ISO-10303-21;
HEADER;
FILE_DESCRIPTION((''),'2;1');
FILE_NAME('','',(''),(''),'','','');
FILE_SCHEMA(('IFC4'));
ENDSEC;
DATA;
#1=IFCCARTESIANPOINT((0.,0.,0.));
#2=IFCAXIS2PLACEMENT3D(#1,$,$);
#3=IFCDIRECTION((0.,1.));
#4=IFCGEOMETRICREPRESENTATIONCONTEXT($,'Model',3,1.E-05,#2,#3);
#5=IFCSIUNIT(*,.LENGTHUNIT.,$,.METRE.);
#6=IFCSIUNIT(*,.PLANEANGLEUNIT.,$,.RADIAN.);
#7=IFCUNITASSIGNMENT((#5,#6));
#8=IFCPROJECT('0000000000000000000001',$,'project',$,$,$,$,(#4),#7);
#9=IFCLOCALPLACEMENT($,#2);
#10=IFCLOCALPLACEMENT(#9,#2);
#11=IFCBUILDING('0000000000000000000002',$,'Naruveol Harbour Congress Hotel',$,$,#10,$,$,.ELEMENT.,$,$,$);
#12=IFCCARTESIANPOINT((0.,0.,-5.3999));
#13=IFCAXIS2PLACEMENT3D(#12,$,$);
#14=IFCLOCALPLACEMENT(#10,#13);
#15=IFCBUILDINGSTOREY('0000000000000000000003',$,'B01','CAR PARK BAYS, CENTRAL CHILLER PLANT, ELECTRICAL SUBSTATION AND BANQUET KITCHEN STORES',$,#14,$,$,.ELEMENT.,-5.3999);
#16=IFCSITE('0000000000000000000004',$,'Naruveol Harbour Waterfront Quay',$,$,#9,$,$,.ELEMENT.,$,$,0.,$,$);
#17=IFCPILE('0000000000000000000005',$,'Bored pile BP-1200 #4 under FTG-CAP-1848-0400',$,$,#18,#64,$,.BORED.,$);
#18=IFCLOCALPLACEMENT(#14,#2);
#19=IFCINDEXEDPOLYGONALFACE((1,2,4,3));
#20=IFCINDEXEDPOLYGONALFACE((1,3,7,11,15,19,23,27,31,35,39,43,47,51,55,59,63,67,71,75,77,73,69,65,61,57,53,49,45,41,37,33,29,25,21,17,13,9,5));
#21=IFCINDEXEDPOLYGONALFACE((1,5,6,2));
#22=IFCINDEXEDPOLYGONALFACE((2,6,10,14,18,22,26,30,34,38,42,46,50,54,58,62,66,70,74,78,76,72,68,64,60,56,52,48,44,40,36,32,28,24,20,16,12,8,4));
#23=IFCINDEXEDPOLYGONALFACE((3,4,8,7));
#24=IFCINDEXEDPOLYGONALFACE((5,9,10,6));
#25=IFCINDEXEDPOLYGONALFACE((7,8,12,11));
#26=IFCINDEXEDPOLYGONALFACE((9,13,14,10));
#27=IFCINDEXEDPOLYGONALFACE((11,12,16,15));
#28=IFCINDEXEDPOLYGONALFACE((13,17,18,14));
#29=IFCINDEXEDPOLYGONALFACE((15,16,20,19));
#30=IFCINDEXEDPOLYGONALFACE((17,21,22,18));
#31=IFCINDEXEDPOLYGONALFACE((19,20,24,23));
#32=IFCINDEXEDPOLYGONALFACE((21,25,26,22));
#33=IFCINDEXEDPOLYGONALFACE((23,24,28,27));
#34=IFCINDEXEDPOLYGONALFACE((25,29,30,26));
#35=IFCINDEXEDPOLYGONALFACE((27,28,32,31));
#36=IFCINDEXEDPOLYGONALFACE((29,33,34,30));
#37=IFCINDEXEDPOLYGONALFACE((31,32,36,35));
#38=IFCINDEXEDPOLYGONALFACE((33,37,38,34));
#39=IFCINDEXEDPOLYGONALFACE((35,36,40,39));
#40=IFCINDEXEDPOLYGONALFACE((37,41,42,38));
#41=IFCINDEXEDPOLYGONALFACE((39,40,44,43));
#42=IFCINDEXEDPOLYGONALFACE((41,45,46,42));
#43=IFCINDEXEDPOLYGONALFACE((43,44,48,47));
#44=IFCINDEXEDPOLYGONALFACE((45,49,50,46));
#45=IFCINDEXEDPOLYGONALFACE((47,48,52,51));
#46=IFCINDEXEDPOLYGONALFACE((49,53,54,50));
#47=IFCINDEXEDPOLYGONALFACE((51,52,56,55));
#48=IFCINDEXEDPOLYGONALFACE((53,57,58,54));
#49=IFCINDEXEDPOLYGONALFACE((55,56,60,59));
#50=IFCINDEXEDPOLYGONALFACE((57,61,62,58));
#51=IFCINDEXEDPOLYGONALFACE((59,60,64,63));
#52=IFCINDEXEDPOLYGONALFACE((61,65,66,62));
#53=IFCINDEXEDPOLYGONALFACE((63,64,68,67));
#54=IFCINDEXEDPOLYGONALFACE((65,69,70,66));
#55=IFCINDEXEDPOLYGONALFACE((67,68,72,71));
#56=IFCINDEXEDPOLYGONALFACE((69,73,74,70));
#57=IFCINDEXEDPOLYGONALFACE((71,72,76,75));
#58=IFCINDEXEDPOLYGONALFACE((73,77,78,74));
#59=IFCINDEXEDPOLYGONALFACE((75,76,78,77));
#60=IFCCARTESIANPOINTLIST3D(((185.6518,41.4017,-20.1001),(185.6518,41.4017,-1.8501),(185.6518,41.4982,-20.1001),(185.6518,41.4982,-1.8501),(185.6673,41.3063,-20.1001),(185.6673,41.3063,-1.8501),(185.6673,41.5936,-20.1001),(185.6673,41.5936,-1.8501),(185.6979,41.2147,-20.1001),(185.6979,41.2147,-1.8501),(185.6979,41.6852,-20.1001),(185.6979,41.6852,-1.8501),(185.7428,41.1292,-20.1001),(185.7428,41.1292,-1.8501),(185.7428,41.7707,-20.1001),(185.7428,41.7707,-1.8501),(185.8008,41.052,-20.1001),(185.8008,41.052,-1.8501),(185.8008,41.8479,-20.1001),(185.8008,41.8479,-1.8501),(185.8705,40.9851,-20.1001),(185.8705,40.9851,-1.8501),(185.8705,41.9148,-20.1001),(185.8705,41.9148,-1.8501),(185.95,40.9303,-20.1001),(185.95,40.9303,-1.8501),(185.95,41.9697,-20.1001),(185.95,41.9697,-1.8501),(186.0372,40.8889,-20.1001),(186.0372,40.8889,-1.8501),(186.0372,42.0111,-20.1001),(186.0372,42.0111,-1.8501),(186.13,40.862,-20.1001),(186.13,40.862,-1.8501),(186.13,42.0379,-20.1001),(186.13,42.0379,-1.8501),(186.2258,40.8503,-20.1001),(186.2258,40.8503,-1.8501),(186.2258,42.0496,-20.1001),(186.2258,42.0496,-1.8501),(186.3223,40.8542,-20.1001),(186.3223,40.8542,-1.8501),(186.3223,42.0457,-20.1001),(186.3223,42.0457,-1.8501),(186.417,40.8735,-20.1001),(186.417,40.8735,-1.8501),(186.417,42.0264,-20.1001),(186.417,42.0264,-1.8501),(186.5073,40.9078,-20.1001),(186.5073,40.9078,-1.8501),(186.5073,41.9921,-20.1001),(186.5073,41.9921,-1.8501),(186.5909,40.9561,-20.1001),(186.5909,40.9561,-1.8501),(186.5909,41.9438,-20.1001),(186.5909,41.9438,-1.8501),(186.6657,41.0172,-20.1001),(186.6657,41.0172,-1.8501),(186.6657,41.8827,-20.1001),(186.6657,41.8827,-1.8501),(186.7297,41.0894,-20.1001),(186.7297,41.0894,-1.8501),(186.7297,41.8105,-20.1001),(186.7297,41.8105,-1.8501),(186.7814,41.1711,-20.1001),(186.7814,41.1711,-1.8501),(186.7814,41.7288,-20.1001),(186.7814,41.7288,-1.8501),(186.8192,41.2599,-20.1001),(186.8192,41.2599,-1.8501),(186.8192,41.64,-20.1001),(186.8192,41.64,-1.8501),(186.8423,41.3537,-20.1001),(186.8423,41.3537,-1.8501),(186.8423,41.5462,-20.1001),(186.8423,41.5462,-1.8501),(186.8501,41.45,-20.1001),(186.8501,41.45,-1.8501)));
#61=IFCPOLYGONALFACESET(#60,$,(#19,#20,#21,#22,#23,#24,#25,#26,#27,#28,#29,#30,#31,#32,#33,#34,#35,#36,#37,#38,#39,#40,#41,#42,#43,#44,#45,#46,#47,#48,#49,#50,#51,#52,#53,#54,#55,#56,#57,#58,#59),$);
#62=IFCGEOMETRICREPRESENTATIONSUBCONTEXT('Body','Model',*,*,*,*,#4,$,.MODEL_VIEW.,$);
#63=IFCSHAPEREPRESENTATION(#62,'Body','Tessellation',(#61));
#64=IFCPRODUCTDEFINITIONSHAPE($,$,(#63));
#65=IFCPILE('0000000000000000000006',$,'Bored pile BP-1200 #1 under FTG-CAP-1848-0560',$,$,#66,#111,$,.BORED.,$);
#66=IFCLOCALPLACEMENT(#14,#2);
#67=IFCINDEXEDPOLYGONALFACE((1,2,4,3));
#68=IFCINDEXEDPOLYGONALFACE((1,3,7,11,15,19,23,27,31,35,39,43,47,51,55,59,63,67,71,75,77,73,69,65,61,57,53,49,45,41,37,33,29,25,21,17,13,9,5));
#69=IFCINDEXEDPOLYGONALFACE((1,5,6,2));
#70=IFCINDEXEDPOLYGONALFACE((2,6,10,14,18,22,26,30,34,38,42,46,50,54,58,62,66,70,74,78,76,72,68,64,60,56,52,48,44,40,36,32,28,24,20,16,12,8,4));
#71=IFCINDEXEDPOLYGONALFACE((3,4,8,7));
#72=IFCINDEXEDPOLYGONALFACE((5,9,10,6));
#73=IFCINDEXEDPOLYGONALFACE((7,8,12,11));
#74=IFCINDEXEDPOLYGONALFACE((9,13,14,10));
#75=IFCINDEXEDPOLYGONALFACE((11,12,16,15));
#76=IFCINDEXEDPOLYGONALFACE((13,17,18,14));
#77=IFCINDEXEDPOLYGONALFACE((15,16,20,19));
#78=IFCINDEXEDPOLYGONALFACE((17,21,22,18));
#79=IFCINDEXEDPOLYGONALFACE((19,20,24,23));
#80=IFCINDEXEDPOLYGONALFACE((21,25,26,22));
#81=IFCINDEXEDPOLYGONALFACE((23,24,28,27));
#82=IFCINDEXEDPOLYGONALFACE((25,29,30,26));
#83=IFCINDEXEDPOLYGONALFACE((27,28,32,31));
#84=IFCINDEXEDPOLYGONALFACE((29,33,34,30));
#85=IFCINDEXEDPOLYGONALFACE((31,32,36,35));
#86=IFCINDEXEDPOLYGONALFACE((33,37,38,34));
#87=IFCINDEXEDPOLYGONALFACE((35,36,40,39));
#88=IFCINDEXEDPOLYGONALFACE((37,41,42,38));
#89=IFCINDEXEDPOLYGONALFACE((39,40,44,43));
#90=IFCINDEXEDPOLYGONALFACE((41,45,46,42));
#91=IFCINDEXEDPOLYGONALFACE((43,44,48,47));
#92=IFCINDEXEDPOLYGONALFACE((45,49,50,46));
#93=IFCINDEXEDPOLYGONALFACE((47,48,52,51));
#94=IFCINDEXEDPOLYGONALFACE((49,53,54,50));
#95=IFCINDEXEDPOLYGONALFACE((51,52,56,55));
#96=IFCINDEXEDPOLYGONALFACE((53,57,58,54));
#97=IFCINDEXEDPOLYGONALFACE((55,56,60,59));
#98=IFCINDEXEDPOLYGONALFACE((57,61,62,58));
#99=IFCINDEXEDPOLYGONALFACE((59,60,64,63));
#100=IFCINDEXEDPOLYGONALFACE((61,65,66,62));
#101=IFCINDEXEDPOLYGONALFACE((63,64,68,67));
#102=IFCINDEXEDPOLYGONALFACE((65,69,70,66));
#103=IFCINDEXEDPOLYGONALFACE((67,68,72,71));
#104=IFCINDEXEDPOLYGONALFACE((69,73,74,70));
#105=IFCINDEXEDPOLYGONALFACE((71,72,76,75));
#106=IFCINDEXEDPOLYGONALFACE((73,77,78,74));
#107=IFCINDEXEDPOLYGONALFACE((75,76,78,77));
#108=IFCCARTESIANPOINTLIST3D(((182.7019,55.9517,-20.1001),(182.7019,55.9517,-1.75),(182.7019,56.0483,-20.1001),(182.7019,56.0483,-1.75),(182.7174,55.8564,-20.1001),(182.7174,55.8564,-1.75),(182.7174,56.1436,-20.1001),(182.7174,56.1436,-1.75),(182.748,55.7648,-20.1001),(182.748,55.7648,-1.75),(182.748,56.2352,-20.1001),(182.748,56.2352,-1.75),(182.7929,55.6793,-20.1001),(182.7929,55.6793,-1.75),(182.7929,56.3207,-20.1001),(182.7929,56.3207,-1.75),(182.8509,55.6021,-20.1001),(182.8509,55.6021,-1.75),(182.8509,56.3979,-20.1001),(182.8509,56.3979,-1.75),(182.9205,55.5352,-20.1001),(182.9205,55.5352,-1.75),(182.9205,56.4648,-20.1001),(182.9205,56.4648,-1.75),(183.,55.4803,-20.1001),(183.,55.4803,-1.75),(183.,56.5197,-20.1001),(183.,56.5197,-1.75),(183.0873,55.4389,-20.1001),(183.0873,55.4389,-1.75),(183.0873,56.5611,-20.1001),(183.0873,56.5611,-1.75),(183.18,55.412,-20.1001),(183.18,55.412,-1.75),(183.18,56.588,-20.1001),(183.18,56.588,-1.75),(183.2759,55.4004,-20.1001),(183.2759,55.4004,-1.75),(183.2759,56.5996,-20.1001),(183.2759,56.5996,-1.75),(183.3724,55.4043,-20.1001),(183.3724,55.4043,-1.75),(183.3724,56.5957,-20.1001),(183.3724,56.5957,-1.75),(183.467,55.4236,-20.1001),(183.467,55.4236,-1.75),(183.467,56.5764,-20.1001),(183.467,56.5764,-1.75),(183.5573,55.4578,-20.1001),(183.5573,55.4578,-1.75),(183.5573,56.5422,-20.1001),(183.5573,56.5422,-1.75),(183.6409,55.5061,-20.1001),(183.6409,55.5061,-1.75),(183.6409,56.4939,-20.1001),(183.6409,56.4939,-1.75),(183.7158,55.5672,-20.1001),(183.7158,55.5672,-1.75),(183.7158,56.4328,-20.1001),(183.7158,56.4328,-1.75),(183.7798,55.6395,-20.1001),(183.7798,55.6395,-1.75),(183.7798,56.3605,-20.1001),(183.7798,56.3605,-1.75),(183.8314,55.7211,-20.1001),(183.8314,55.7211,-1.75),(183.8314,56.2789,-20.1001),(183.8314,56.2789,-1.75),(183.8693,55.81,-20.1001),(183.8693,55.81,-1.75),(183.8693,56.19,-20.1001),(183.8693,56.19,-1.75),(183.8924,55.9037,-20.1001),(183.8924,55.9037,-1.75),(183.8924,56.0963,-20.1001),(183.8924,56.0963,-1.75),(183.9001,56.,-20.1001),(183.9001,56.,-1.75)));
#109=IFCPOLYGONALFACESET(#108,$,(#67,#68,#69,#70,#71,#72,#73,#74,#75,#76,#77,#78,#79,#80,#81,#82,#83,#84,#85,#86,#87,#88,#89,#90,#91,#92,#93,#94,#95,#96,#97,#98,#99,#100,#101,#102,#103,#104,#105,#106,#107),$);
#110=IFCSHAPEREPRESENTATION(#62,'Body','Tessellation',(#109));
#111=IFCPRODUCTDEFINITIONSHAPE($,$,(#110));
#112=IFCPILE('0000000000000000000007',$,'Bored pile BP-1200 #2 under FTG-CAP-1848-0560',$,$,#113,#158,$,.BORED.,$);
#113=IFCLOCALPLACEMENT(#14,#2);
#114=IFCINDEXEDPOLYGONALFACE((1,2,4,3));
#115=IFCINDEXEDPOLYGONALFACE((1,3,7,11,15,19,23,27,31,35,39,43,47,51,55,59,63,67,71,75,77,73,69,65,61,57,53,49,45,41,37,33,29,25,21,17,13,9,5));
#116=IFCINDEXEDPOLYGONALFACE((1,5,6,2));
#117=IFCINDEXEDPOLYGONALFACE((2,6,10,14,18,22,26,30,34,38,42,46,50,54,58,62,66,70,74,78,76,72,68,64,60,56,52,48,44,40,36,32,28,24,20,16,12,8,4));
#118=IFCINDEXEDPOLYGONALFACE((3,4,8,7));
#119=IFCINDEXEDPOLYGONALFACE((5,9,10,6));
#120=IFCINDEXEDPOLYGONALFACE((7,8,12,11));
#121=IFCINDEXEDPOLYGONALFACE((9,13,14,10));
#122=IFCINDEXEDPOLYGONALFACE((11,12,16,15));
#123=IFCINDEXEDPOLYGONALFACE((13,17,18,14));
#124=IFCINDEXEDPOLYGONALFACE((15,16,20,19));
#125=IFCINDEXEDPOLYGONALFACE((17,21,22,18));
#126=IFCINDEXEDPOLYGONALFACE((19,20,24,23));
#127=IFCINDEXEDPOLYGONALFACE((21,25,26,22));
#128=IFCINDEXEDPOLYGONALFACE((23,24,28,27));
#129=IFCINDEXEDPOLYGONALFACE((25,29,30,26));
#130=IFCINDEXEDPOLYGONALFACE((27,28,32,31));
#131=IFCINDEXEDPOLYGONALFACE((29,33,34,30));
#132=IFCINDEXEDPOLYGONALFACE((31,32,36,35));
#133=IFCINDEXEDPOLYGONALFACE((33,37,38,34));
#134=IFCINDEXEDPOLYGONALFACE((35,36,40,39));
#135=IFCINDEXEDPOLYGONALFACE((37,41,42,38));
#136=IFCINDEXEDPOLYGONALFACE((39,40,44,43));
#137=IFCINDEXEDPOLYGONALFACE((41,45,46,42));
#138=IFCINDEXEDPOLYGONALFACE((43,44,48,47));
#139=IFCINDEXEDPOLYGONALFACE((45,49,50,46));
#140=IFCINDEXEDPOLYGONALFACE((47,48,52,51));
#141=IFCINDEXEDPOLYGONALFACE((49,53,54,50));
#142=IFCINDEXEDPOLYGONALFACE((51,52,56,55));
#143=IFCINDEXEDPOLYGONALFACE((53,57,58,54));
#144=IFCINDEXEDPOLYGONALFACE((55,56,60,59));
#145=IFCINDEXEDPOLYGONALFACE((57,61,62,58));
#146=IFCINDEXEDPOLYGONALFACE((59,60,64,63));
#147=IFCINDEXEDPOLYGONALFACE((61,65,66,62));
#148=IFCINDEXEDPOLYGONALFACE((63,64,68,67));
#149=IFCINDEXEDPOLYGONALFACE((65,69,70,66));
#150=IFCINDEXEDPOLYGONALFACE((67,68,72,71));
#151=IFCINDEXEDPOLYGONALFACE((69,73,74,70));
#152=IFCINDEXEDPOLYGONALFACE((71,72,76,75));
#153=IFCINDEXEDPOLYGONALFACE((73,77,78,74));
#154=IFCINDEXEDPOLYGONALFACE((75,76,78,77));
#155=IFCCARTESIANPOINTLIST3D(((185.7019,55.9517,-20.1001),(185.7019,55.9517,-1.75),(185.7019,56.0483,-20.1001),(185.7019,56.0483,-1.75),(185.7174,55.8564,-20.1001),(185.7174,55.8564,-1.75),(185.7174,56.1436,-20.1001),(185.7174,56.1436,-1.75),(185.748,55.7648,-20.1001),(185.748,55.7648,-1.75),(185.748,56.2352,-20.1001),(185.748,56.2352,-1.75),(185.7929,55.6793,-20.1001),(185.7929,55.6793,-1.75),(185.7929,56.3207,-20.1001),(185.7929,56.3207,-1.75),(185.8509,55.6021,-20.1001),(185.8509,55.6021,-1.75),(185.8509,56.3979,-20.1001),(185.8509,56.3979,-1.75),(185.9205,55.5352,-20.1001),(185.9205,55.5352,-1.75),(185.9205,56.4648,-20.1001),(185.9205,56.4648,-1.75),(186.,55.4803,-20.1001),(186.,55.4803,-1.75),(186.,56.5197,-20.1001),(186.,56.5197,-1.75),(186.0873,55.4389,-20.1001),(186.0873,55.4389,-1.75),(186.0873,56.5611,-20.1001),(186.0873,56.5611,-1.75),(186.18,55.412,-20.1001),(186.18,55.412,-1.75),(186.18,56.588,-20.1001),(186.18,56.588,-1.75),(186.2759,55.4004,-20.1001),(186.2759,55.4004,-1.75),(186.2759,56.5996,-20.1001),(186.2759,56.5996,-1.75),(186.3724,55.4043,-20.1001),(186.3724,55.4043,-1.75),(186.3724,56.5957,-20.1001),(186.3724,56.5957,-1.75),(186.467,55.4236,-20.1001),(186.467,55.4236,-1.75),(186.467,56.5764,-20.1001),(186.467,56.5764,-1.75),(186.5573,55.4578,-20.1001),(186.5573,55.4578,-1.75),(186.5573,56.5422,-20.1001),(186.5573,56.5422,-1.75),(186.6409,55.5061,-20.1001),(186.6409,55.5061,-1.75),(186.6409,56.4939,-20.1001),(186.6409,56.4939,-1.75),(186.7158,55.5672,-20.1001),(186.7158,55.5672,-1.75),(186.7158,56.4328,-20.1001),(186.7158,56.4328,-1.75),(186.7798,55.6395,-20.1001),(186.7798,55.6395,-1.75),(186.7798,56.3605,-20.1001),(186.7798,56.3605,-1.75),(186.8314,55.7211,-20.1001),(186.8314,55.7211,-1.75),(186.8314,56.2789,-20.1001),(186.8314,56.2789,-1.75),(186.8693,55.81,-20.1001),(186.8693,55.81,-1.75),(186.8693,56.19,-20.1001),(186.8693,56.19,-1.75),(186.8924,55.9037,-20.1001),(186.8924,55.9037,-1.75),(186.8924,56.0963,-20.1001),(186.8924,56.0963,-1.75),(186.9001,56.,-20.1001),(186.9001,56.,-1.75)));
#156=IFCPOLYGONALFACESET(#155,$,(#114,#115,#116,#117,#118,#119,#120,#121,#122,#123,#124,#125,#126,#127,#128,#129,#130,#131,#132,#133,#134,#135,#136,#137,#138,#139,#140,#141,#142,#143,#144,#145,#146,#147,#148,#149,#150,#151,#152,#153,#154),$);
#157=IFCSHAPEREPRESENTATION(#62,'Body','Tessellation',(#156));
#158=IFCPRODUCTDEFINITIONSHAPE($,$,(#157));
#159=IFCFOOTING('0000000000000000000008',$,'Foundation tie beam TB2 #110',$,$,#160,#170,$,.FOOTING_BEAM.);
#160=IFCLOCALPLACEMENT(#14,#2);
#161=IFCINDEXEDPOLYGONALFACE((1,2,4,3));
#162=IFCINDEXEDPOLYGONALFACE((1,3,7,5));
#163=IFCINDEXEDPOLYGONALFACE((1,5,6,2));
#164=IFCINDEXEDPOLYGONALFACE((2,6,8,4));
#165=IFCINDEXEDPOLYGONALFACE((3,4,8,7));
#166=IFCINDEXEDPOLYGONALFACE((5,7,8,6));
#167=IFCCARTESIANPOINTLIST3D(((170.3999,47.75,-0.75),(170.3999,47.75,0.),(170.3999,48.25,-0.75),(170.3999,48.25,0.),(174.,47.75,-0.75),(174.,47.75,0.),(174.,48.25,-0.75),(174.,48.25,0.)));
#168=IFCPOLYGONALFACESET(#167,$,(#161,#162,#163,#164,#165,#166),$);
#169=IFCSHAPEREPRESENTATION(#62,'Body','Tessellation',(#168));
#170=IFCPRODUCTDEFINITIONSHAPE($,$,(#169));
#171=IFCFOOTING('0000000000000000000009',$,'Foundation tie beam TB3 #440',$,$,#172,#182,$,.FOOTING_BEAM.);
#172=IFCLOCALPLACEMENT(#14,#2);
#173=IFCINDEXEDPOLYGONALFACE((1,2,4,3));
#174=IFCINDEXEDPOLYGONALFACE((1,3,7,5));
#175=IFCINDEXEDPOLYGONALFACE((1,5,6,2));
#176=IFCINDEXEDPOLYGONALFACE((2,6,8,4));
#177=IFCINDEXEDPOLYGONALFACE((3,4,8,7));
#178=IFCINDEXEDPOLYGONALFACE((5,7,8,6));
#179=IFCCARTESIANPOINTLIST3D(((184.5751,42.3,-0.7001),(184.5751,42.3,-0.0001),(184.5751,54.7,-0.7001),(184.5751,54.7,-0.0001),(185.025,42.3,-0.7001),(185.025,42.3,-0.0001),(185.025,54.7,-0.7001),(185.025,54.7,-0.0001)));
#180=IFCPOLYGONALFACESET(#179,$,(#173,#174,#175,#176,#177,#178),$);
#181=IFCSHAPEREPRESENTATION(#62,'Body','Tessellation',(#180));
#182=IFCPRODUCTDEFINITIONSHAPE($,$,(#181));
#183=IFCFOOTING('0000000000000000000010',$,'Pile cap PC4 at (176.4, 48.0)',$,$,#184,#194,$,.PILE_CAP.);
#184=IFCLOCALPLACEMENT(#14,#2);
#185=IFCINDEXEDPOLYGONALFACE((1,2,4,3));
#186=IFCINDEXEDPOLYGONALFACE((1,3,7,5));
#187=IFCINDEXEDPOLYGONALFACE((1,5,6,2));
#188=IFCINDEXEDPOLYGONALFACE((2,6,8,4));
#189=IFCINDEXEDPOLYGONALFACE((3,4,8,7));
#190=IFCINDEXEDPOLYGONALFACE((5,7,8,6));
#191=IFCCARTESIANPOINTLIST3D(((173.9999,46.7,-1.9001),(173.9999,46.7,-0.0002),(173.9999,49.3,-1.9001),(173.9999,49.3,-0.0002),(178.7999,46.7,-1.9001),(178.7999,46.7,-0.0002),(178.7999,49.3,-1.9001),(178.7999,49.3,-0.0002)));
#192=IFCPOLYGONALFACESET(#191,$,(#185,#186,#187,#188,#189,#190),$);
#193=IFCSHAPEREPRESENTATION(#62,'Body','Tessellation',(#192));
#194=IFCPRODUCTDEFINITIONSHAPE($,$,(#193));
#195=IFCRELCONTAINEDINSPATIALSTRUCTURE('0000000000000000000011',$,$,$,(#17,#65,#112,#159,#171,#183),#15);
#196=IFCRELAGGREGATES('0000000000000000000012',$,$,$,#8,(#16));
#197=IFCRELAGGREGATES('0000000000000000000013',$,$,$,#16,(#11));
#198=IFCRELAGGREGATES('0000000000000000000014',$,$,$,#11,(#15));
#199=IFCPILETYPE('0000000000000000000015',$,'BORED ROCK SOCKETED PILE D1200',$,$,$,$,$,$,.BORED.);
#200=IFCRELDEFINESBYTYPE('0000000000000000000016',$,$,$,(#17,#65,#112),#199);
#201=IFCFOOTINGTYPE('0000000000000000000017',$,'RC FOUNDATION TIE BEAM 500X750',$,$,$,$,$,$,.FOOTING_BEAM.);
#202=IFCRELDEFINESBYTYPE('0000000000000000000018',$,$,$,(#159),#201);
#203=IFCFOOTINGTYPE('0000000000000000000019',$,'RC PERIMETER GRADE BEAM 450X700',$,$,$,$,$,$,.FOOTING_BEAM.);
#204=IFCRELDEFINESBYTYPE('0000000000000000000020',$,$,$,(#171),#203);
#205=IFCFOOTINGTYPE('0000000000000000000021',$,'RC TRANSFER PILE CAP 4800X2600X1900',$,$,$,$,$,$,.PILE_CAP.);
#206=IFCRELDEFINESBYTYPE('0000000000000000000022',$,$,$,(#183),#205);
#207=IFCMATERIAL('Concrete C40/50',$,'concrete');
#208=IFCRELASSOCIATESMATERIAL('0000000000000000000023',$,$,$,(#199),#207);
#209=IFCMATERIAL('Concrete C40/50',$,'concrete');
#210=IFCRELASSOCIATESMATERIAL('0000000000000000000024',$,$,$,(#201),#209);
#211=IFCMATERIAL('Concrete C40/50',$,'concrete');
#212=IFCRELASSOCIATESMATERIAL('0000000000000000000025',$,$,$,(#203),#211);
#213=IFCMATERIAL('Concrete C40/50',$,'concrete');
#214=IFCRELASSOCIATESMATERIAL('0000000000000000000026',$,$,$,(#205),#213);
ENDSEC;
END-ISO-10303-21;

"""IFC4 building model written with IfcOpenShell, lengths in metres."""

from ifc_helpers import new_model, si_unit, direction, frame, origin, origin_2d, place, context, subcontext, project, spatial, rectangle, circle, extrude, material, material_profile, profile_set, type_object, element, save


model = new_model("IFC4")

# Units and contexts
model_context = context("Model", 3, precision=1e-05, world=origin(), true_north=direction((0.0, 1.0)))
body_context = subcontext(model_context, "Body", "Model", "MODEL_VIEW")
ifc_project = project(units=[si_unit("LENGTHUNIT", "METRE"), si_unit("PLANEANGLEUNIT", "RADIAN")], contexts=[model_context])

# Site, building, storey
site_placement = place(None, origin())
site = spatial("IfcSite", under=ifc_project, at=site_placement, Name="Naruveol Harbour Waterfront Quay", CompositionType="ELEMENT", RefElevation=0.0)
building_placement = place(site_placement, origin())
building = spatial("IfcBuilding", under=site, at=building_placement, Name="Naruveol Harbour Congress Hotel", CompositionType="ELEMENT")
storey_placement = place(building_placement, frame((0.0, 0.0, -5.3999)))
storey = spatial("IfcBuildingStorey", under=building, at=storey_placement, Name="B01", Description="CAR PARK BAYS, CENTRAL CHILLER PLANT, ELECTRICAL SUBSTATION AND BANQUET KITCHEN STORES", CompositionType="ELEMENT", Elevation=-5.3999)

# Piles
ifc_material_1 = material(Name="Concrete C40/50", Category="concrete")
ifc_material_profile_1 = material_profile(ifc_material_1, circle(Radius=0.6001, at=origin_2d()), Name="BP-1200")
ifc_profile_set_1 = profile_set([ifc_material_profile_1], Name="Concrete C40/50")
pile_type = type_object("IfcPileType", Name="BORED ROCK SOCKETED PILE D1200", PredefinedType="BORED", material=ifc_profile_set_1)
for number, where, z_axis, x_axis, name in (
    (1, (186.25, 41.45, -1.8501), (0.0, 0.0, -1.0), (1.0, 0.0, 0.0), "Bored pile BP-1200 #4 under FTG-CAP-1848-0400"),
):
    element("IfcPile", number, at=place(storey_placement, frame(where, z_axis=z_axis, x_axis=x_axis)), inside=storey, type_object=pile_type, Name=name, PredefinedType="BORED", context=body_context, shape_type="SweptSolid", body=[
        extrude(circle(Radius=0.6001, at=origin_2d()), origin(), (0.0, 0.0, 1.0), 18.25),
    ])
for number, where, z_axis, x_axis, name in (
    (2, (183.3, 56.0, -1.75), (0.0, 0.0, -1.0), (1.0, 0.0, 0.0), "Bored pile BP-1200 #1 under FTG-CAP-1848-0560"),
    (3, (186.3, 56.0, -1.75), (0.0, 0.0, -1.0), (1.0, 0.0, 0.0), "Bored pile BP-1200 #2 under FTG-CAP-1848-0560"),
):
    element("IfcPile", number, at=place(storey_placement, frame(where, z_axis=z_axis, x_axis=x_axis)), inside=storey, type_object=pile_type, Name=name, PredefinedType="BORED", context=body_context, shape_type="SweptSolid", body=[
        extrude(circle(Radius=0.6001, at=origin_2d()), origin(), (0.0, 0.0, 1.0), 18.3501),
    ])

# Footings
ifc_material_2 = material(Name="Concrete C40/50", Category="concrete")
ifc_material_profile_2 = material_profile(ifc_material_2, rectangle(XDim=0.5, YDim=0.75, at=origin_2d()), Name="RCB-500x750")
ifc_profile_set_2 = profile_set([ifc_material_profile_2], Name="Concrete C40/50")
footing_type_1 = type_object("IfcFootingType", Name="RC FOUNDATION TIE BEAM 500X750", PredefinedType="FOOTING_BEAM", material=ifc_profile_set_2)
footing_1_placement = place(storey_placement, frame((170.3999, 48.0, -0.375), z_axis=(1.0, 0.0, 0.0), x_axis=(0.0, 1.0, 0.0)))
element("IfcFooting", 4, at=footing_1_placement, inside=storey, type_object=footing_type_1, Name="Foundation tie beam TB2 #110", PredefinedType="FOOTING_BEAM", context=body_context, shape_type="SweptSolid", body=[
    extrude(rectangle(XDim=0.5, YDim=0.75, at=origin_2d()), origin(), (0.0, 0.0, 1.0), 3.6001),
])
ifc_material_3 = material(Name="Concrete C40/50", Category="concrete")
ifc_material_profile_3 = material_profile(ifc_material_3, rectangle(XDim=0.45, YDim=0.7, at=origin_2d()), Name="RCB-450x700")
ifc_profile_set_3 = profile_set([ifc_material_profile_3], Name="Concrete C40/50")
footing_type_2 = type_object("IfcFootingType", Name="RC PERIMETER GRADE BEAM 450X700", PredefinedType="FOOTING_BEAM", material=ifc_profile_set_3)
footing_2_placement = place(storey_placement, frame((184.8, 42.3, -0.3501), z_axis=(0.0, 1.0, 0.0), x_axis=(-1.0, 0.0, 0.0)))
element("IfcFooting", 5, at=footing_2_placement, inside=storey, type_object=footing_type_2, Name="Foundation tie beam TB3 #440", PredefinedType="FOOTING_BEAM", context=body_context, shape_type="SweptSolid", body=[
    extrude(rectangle(XDim=0.45, YDim=0.7, at=origin_2d()), origin(), (0.0, 0.0, 1.0), 12.3999),
])
ifc_material_4 = material(Name="Concrete C40/50", Category="concrete")
footing_type_3 = type_object("IfcFootingType", Name="RC TRANSFER PILE CAP 4800X2600X1900", PredefinedType="PILE_CAP", material=ifc_material_4)
for number, where, z_axis, x_axis, name in (
    (6, (176.3999, 48.0, -1.9001), (0.0, 0.0, 1.0), (1.0, 0.0, 0.0), "Pile cap PC4 at (176.4, 48.0)"),
):
    element("IfcFooting", number, at=place(storey_placement, frame(where, z_axis=z_axis, x_axis=x_axis)), inside=storey, type_object=footing_type_3, Name=name, PredefinedType="PILE_CAP", context=body_context, shape_type="SweptSolid", body=[
        extrude(rectangle(XDim=4.8, YDim=2.6001, at=origin_2d()), origin(), (0.0, 0.0, 1.0), 1.8999),
    ])

save(model, "model.ifc")
